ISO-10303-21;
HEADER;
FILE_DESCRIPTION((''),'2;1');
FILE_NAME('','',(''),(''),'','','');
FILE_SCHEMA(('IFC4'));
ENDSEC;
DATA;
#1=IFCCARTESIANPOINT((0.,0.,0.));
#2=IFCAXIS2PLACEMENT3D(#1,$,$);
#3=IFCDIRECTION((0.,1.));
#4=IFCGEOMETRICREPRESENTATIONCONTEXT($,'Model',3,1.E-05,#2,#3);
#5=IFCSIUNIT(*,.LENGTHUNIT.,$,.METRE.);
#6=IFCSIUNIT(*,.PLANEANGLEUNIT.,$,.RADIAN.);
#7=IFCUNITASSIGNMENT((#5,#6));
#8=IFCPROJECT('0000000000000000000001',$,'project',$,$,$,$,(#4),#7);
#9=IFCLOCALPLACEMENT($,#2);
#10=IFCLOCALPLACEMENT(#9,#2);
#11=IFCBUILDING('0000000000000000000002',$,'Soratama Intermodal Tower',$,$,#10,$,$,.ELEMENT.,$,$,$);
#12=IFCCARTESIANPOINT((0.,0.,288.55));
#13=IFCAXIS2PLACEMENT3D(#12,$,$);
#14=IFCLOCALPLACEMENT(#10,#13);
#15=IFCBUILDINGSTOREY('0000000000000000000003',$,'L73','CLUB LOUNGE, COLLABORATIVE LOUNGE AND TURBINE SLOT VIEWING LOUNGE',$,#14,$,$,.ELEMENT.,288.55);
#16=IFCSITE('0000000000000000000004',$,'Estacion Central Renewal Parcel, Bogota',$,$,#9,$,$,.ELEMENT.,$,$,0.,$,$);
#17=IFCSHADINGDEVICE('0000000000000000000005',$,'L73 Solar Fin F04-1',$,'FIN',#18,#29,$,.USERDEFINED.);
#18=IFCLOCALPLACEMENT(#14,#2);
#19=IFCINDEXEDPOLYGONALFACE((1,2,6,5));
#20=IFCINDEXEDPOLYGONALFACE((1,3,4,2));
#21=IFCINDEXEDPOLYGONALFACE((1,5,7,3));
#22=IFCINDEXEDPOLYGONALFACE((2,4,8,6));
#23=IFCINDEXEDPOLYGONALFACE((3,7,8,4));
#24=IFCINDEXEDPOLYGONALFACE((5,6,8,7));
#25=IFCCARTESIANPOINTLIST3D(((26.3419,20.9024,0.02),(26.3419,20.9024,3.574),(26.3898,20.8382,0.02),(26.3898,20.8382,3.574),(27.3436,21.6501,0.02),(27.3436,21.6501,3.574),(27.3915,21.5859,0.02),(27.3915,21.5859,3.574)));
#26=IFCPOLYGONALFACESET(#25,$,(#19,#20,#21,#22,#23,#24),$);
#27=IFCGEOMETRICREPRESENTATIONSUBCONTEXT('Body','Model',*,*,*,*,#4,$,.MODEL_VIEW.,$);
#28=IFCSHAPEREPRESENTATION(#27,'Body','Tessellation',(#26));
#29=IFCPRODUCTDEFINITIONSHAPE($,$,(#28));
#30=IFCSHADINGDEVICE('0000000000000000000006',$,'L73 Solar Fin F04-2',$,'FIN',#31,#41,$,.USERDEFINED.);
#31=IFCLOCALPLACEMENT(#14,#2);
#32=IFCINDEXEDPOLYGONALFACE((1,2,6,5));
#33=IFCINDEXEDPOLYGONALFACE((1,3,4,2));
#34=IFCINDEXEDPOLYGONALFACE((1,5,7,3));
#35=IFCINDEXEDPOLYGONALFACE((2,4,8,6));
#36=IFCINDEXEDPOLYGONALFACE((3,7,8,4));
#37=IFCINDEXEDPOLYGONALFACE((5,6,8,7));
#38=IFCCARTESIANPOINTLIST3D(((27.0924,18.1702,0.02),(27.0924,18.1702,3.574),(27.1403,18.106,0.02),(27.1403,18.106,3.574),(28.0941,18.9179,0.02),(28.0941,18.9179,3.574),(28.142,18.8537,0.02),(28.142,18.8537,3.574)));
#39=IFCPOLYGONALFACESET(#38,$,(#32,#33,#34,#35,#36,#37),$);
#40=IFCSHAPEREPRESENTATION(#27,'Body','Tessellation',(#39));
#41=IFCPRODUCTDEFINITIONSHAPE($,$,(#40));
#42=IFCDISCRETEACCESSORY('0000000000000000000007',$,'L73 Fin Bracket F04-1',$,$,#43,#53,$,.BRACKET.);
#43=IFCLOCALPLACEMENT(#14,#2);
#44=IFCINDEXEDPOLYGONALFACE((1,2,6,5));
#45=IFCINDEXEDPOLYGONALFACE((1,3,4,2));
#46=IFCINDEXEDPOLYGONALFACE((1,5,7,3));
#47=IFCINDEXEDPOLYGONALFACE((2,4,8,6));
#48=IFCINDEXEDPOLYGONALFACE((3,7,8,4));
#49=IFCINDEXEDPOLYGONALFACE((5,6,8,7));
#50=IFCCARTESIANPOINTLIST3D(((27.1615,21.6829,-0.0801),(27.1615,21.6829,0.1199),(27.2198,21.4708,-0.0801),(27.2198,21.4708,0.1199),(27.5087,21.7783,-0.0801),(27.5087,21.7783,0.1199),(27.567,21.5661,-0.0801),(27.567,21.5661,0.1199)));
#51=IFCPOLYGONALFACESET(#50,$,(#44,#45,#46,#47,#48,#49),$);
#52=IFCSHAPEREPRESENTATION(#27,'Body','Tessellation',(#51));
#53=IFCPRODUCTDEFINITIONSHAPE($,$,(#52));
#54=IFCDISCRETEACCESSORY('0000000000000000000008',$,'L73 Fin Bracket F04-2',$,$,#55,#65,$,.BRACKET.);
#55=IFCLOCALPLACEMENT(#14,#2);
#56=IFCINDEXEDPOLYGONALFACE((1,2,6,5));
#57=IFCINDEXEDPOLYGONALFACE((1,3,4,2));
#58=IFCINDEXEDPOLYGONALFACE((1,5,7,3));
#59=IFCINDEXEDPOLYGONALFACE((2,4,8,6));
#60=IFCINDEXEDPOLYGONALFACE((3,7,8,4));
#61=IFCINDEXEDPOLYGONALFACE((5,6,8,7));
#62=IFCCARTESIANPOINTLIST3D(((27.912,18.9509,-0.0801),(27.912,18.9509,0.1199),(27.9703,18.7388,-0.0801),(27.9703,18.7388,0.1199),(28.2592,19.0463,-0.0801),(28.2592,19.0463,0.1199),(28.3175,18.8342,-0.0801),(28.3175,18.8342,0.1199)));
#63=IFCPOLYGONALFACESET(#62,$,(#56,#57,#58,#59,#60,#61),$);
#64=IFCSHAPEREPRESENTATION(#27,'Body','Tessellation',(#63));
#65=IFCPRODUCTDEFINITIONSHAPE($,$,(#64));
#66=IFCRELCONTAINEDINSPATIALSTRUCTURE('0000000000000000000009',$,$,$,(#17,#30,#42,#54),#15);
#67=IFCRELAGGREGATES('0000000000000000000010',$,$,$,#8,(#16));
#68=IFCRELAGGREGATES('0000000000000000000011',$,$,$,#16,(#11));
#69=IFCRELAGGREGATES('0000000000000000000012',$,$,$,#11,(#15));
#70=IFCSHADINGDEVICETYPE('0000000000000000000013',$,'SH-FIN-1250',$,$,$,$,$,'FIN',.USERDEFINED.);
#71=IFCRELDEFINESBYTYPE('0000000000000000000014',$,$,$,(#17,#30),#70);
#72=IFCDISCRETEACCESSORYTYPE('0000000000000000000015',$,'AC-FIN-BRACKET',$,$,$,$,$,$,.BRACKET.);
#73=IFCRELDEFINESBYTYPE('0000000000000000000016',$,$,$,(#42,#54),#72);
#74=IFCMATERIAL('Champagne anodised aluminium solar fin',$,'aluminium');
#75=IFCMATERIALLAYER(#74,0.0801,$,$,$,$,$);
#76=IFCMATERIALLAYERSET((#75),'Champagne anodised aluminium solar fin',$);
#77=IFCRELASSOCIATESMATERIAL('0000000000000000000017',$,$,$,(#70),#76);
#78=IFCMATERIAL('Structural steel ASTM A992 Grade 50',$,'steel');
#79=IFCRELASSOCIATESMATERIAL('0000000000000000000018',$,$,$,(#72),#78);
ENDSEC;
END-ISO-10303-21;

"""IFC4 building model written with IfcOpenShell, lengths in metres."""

from ifc_helpers import new_model, si_unit, direction, frame, origin, origin_2d, place, context, subcontext, project, spatial, rectangle, extrude, material, layer, layer_set, type_object, element, save


model = new_model("IFC4")

# Units and contexts
model_context = context("Model", 3, precision=1e-05, world=origin(), true_north=direction((0.0, 1.0)))
body_context = subcontext(model_context, "Body", "Model", "MODEL_VIEW")
ifc_project = project(units=[si_unit("LENGTHUNIT", "METRE"), si_unit("PLANEANGLEUNIT", "RADIAN")], contexts=[model_context])

# Site, building, storey
site_placement = place(None, origin())
site = spatial("IfcSite", under=ifc_project, at=site_placement, Name="Estacion Central Renewal Parcel, Bogota", CompositionType="ELEMENT", RefElevation=0.0)
building_placement = place(site_placement, origin())
building = spatial("IfcBuilding", under=site, at=building_placement, Name="Soratama Intermodal Tower", CompositionType="ELEMENT")
storey_placement = place(building_placement, frame((0.0, 0.0, 288.55)))
storey = spatial("IfcBuildingStorey", under=building, at=storey_placement, Name="L73", Description="CLUB LOUNGE, COLLABORATIVE LOUNGE AND TURBINE SLOT VIEWING LOUNGE", CompositionType="ELEMENT", Elevation=288.55)

# Shading devices
ifc_material_1 = material(Name="Champagne anodised aluminium solar fin", Category="aluminium")
ifc_layer_1 = layer(ifc_material_1, 0.0801)
ifc_layer_set_1 = layer_set([ifc_layer_1], Name="Champagne anodised aluminium solar fin")
shading_device_type = type_object("IfcShadingDeviceType", Name="SH-FIN-1250", ElementType="FIN", PredefinedType="USERDEFINED", material=ifc_layer_set_1)
for number, where, z_axis, x_axis, name in (
    (1, (26.8667, 21.2441, 0.02), (0.0, 0.0, 1.0), (-0.801358, -0.598185, 0.0), "L73 Solar Fin F04-1"),
    (2, (27.6172, 18.512, 0.02), (0.0, 0.0, 1.0), (-0.801358, -0.598185, 0.0), "L73 Solar Fin F04-2"),
):
    element("IfcShadingDevice", number, at=place(storey_placement, frame(where, z_axis=z_axis, x_axis=x_axis)), inside=storey, type_object=shading_device_type, Name=name, ObjectType="FIN", PredefinedType="USERDEFINED", context=body_context, shape_type="SweptSolid", body=[
        extrude(rectangle(XDim=1.25, YDim=0.0801, at=origin_2d()), origin(), (0.0, 0.0, 1.0), 3.554),
    ])

# Discrete accessories
ifc_material_2 = material(Name="Structural steel ASTM A992 Grade 50", Category="steel")
discrete_accessory_type = type_object("IfcDiscreteAccessoryType", Name="AC-FIN-BRACKET", PredefinedType="BRACKET", material=ifc_material_2)
for number, where, z_axis, x_axis, name in (
    (3, (27.3643, 21.6245, -0.0801), (0.0, 0.0, 1.0), (-0.964281, -0.264883, 0.0), "L73 Fin Bracket F04-1"),
    (4, (28.1147, 18.8926, -0.0801), (0.0, 0.0, 1.0), (-0.964281, -0.264883, 0.0), "L73 Fin Bracket F04-2"),
):
    element("IfcDiscreteAccessory", number, at=place(storey_placement, frame(where, z_axis=z_axis, x_axis=x_axis)), inside=storey, type_object=discrete_accessory_type, Name=name, PredefinedType="BRACKET", context=body_context, shape_type="SweptSolid", body=[
        extrude(rectangle(XDim=0.3601, YDim=0.22, at=origin_2d()), origin(), (0.0, 0.0, 1.0), 0.2),
    ])

save(model, "model.ifc")
